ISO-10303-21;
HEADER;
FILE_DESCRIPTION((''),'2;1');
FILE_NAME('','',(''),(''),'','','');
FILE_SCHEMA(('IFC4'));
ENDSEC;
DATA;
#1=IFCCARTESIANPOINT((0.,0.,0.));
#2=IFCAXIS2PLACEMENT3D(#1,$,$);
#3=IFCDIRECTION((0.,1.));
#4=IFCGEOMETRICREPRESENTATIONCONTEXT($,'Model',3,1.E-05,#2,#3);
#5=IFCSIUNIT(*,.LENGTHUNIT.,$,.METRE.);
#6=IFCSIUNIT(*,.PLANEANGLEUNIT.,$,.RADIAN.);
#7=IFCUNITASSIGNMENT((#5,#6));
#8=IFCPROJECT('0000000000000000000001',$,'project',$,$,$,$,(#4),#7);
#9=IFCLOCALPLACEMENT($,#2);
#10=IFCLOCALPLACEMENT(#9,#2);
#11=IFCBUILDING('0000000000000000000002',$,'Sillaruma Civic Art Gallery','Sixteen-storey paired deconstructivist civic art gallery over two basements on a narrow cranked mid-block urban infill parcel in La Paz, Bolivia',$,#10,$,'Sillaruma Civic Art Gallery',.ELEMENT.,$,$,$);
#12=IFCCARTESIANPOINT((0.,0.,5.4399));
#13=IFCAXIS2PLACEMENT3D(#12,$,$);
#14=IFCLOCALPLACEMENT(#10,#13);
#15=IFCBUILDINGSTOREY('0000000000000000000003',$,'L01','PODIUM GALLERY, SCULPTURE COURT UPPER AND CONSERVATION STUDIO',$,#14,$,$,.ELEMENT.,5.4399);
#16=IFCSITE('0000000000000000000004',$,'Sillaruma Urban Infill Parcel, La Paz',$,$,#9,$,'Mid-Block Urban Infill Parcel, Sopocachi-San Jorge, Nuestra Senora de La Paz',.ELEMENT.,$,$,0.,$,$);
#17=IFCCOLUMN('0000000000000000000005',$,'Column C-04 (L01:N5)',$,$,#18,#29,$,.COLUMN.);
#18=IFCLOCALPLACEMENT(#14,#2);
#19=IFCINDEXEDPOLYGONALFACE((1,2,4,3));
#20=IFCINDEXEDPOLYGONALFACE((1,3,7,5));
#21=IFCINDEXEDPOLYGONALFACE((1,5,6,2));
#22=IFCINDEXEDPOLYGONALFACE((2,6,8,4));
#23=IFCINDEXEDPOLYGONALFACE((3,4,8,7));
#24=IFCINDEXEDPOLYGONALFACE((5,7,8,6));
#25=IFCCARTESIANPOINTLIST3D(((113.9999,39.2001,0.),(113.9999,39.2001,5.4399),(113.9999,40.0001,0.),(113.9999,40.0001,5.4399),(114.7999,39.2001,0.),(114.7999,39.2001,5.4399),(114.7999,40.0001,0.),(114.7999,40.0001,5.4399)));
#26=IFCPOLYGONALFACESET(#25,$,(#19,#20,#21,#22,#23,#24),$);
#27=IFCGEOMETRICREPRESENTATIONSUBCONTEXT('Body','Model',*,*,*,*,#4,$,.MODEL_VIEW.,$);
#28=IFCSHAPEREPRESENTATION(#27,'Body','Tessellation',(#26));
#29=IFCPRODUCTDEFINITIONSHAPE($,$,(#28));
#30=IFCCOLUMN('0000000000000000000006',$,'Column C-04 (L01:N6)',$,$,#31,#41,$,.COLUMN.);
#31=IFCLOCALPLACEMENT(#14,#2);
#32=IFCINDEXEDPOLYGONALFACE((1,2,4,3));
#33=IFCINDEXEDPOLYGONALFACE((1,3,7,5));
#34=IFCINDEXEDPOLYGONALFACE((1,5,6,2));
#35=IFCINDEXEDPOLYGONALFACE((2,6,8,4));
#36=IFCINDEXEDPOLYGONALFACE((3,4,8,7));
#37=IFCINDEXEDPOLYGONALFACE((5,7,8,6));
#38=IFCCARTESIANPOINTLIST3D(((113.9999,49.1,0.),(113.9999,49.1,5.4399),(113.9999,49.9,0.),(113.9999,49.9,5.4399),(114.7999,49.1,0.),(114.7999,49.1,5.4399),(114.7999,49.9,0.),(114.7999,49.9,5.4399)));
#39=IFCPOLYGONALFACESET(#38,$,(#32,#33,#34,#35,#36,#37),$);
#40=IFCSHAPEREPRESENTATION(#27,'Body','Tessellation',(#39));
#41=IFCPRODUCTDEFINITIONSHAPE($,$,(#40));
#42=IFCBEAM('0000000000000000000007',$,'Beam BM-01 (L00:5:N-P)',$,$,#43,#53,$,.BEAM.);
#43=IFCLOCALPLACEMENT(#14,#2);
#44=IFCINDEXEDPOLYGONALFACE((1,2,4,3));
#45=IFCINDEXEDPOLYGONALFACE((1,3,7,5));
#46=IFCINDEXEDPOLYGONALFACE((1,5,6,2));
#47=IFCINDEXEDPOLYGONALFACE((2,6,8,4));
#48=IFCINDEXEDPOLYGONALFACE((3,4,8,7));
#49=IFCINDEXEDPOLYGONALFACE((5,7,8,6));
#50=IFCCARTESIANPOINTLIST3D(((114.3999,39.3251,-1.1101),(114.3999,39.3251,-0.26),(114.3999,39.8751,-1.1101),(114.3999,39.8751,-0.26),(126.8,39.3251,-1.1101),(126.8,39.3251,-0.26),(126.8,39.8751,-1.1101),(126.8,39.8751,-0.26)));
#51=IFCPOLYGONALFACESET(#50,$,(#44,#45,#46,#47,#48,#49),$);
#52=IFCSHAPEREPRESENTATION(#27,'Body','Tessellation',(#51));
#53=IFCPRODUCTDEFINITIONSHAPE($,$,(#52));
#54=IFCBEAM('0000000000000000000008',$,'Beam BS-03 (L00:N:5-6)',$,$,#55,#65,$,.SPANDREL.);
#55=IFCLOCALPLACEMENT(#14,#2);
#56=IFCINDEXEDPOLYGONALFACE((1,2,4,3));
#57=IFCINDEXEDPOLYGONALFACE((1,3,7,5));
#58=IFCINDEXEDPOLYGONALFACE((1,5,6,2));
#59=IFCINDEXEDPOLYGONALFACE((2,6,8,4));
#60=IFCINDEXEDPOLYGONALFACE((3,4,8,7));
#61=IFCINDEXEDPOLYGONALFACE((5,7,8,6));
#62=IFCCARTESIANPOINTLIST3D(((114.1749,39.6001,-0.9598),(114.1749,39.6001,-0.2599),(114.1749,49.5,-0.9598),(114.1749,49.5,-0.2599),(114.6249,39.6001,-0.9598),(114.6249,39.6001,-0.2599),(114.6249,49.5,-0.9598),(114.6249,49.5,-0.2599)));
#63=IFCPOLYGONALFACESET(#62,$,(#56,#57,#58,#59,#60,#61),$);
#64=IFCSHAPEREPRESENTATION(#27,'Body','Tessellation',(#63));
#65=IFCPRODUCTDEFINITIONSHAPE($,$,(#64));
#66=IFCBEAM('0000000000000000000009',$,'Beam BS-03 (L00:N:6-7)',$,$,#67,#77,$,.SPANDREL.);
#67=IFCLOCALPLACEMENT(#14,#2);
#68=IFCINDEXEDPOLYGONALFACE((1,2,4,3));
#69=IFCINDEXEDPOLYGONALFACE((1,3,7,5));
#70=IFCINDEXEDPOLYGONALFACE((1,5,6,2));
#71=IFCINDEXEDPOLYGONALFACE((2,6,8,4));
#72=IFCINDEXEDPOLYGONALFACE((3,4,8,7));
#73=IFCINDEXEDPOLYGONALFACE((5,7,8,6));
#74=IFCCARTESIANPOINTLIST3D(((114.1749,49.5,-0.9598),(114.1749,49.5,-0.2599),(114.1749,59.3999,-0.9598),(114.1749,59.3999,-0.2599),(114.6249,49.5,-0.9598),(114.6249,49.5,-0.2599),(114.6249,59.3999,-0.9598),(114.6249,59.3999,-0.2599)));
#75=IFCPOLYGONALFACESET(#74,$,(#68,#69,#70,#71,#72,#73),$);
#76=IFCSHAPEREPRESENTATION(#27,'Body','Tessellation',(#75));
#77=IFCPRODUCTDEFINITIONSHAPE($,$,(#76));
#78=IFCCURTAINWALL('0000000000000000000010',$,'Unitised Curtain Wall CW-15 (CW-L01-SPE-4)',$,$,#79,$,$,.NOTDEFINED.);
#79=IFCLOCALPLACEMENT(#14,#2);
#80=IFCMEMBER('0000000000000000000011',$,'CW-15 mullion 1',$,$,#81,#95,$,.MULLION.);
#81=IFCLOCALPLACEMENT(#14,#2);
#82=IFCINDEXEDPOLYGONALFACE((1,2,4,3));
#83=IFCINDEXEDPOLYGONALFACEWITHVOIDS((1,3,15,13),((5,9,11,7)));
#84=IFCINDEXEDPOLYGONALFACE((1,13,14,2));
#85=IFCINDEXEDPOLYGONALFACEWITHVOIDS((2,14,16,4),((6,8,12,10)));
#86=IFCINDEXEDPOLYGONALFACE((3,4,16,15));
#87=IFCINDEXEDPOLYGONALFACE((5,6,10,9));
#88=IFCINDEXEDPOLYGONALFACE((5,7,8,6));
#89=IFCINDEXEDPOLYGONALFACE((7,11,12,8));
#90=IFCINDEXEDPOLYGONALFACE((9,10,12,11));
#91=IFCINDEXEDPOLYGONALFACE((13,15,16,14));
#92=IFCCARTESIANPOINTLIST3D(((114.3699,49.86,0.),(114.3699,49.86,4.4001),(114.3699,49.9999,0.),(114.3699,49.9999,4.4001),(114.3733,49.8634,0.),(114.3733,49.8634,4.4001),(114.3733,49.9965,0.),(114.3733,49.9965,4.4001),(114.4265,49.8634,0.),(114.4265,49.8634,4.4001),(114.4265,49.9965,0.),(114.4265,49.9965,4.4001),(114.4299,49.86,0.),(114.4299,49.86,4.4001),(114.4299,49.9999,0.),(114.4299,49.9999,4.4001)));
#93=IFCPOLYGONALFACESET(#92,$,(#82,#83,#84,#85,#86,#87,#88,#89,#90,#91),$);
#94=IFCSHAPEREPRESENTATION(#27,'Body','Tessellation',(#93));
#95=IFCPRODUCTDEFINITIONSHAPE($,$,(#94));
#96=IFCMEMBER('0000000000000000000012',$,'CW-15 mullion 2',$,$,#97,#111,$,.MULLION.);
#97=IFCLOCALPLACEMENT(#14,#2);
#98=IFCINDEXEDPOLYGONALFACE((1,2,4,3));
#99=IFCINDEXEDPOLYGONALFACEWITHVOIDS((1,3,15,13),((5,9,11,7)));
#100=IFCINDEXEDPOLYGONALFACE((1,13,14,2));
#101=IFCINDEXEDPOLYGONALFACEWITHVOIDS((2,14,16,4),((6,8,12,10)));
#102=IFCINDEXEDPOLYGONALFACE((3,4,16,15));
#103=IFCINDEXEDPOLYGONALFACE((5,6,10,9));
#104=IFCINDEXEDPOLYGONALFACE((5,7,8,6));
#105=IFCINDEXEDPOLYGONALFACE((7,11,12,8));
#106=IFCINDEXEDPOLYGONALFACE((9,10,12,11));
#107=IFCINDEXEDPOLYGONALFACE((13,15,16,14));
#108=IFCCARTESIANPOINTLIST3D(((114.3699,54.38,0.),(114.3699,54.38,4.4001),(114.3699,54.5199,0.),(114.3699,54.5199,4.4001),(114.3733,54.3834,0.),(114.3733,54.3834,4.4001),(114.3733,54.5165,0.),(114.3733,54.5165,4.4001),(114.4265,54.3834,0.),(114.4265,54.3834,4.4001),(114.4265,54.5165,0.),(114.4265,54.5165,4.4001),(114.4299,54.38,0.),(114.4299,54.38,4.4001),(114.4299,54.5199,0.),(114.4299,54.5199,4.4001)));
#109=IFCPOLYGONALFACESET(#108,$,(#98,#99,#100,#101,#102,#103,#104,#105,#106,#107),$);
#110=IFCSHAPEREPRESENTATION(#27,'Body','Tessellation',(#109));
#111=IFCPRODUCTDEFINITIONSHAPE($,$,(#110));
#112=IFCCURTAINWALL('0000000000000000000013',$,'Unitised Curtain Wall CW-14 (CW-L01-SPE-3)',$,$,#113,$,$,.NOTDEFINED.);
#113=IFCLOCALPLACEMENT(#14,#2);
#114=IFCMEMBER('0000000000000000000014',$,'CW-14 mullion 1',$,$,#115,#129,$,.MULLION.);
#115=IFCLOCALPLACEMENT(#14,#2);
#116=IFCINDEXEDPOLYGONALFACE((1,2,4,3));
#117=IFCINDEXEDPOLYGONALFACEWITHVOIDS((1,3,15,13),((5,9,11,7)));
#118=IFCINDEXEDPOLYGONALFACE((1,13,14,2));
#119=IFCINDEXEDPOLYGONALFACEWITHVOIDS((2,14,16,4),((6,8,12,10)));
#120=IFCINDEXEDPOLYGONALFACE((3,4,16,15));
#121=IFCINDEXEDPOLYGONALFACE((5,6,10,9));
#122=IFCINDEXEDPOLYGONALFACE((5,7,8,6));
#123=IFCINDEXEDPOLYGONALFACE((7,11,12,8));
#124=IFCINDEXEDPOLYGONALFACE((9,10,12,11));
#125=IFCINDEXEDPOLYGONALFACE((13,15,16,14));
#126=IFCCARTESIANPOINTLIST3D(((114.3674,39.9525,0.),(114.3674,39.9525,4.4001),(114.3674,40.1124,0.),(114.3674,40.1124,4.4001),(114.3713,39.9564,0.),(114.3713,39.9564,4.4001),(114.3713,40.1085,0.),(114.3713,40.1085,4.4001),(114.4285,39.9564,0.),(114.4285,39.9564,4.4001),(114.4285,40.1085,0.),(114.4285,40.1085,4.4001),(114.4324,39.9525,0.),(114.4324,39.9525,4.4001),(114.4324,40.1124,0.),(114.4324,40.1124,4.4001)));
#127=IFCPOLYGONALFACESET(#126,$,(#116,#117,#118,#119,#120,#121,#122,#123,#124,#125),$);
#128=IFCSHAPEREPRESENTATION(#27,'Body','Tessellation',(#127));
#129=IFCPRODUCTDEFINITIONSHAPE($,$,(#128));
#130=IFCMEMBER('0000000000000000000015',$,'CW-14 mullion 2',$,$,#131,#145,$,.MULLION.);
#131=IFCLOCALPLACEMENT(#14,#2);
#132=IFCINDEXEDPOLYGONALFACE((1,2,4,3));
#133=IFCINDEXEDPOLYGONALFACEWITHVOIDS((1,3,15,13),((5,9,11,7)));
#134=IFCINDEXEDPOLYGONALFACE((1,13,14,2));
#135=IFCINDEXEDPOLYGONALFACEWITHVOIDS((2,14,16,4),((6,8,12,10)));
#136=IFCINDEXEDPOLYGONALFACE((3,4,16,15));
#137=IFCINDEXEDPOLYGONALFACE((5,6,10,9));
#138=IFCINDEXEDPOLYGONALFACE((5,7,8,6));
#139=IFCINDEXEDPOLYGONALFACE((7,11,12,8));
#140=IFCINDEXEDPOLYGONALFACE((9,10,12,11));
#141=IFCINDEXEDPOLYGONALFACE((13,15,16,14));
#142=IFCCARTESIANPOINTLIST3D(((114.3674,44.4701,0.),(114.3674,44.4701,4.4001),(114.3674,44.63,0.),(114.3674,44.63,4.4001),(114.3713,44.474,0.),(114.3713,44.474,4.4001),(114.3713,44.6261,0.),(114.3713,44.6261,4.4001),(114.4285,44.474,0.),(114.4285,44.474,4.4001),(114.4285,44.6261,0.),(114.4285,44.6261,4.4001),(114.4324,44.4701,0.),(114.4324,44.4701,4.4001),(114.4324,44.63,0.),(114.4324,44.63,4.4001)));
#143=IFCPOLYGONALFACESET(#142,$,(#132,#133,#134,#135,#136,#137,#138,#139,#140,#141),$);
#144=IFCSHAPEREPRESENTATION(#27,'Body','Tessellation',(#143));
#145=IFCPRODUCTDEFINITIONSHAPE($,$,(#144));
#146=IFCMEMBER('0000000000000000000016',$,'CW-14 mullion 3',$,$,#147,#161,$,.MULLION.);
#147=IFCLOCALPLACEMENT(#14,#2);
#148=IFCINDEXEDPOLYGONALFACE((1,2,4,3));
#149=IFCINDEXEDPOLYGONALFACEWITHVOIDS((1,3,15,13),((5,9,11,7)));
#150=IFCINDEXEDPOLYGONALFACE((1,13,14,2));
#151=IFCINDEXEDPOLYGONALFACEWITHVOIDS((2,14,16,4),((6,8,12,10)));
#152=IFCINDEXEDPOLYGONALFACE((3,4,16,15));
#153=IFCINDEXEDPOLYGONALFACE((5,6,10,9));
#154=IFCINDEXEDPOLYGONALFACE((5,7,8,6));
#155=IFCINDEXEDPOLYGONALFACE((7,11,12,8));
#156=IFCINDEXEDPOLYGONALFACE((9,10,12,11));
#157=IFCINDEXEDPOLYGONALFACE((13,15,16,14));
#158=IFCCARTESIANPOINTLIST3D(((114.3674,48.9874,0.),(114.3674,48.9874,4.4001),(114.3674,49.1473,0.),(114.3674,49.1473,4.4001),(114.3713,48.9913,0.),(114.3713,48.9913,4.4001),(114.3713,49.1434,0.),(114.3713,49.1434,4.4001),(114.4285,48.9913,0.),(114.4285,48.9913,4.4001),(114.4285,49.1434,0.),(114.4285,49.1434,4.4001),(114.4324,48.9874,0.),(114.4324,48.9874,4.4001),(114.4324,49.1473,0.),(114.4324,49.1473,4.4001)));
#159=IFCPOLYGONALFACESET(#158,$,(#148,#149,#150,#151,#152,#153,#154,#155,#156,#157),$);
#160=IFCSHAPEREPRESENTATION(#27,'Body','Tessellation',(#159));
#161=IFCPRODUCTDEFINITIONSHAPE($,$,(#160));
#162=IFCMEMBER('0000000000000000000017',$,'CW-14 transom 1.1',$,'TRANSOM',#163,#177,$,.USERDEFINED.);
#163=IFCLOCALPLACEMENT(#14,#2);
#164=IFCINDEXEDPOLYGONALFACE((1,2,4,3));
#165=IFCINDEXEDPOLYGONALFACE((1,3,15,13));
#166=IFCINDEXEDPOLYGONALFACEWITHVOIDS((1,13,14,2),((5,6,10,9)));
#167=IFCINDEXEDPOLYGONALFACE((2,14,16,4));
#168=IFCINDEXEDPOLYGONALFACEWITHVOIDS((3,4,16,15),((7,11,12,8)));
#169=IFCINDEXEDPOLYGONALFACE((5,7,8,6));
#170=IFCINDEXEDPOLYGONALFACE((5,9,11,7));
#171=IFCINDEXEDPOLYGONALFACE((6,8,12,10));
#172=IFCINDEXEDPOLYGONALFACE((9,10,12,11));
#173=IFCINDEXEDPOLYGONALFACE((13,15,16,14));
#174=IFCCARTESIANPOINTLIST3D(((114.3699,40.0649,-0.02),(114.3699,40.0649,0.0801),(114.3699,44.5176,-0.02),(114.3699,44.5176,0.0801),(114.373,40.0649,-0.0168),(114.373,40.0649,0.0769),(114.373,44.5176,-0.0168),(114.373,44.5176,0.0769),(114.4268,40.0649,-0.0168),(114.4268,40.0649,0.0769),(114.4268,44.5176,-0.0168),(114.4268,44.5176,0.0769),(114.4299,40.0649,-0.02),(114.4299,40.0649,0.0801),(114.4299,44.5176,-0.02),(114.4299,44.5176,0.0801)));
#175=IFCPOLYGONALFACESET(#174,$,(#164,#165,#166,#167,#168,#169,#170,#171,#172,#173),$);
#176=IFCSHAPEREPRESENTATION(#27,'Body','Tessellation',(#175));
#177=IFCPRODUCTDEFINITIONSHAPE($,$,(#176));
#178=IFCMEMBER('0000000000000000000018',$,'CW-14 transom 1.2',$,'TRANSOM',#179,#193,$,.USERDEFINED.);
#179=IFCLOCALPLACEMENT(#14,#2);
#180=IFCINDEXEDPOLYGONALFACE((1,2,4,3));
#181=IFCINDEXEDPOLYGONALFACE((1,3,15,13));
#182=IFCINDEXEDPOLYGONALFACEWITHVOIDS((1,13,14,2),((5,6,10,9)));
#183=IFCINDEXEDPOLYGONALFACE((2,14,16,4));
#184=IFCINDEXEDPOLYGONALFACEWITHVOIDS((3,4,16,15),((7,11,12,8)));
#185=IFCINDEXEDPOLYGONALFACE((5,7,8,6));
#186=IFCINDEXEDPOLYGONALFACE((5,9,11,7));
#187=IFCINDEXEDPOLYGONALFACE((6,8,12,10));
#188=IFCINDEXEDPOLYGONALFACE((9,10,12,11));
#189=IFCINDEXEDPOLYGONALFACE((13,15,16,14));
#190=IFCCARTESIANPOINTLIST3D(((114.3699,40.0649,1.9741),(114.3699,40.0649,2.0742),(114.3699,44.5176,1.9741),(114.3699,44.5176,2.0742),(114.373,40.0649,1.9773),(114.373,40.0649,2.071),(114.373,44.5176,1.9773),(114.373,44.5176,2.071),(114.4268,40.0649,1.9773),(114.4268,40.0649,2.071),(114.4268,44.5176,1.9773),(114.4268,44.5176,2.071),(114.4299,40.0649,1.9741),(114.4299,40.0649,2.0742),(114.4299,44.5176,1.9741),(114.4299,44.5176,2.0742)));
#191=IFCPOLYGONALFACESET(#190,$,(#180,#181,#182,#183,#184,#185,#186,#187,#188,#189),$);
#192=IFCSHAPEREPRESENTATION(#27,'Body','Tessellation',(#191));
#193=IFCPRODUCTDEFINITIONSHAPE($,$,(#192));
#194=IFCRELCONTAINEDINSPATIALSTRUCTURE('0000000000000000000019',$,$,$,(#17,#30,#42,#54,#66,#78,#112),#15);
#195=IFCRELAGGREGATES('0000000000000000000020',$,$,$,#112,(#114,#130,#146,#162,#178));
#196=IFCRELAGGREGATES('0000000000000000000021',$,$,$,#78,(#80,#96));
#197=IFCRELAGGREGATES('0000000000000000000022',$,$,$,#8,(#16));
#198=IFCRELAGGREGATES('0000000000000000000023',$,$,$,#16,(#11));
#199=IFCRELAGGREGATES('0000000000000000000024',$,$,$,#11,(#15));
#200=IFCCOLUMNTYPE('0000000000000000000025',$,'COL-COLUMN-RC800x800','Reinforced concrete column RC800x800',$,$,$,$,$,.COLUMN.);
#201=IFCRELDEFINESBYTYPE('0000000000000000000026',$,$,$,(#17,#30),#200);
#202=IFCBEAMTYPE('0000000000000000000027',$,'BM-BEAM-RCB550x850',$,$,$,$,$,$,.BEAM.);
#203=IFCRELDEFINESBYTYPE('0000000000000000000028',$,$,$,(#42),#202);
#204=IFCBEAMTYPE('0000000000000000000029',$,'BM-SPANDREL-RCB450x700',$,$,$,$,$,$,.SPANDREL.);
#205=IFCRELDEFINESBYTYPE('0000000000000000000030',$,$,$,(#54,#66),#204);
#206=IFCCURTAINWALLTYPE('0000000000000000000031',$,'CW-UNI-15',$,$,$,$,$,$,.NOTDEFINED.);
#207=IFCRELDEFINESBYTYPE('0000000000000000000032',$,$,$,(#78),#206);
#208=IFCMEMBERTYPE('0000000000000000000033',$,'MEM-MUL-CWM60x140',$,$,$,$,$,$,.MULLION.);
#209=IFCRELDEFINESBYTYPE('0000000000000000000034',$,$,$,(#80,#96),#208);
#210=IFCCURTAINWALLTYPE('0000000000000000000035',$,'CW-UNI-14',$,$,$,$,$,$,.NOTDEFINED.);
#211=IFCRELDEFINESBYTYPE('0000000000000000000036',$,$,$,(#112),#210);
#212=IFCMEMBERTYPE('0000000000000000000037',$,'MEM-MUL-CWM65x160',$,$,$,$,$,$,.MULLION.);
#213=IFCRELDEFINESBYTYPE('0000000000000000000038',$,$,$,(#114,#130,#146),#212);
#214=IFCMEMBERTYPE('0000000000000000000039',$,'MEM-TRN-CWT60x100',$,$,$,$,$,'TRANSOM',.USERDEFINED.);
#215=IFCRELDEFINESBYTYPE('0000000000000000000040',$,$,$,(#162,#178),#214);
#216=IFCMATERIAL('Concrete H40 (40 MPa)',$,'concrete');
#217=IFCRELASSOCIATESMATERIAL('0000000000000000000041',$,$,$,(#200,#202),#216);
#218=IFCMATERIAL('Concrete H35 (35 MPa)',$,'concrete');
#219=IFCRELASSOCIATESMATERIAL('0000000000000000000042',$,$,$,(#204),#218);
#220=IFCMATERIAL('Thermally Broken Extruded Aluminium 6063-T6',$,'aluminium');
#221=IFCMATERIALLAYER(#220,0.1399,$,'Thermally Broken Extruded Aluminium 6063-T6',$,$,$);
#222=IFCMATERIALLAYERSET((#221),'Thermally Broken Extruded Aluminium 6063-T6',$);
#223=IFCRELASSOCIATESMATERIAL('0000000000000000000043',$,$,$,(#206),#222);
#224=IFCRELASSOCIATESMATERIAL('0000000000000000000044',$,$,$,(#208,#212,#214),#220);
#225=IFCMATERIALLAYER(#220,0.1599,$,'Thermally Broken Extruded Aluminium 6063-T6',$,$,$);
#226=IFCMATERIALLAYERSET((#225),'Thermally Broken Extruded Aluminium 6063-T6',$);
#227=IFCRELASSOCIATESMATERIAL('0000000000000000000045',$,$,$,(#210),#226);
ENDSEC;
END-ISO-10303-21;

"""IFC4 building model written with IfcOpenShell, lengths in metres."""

from ifc_helpers import new_model, si_unit, direction, frame, origin, origin_2d, place, context, subcontext, project, spatial, rectangle, hollow_rectangle, extrude, material, layer, layer_set, material_profile, profile_set, type_object, element, aggregate, save


model = new_model("IFC4")

# Units and contexts
model_context = context("Model", 3, precision=1e-05, world=origin(), true_north=direction((0.0, 1.0)))
body_context = subcontext(model_context, "Body", "Model", "MODEL_VIEW")
ifc_project = project(units=[si_unit("LENGTHUNIT", "METRE"), si_unit("PLANEANGLEUNIT", "RADIAN")], contexts=[model_context])

# Site, building, storey
site_placement = place(None, origin())
site = spatial("IfcSite", under=ifc_project, at=site_placement, Name="Sillaruma Urban Infill Parcel, La Paz", LongName="Mid-Block Urban Infill Parcel, Sopocachi-San Jorge, Nuestra Senora de La Paz", CompositionType="ELEMENT", RefElevation=0.0)
building_placement = place(site_placement, origin())
building = spatial("IfcBuilding", under=site, at=building_placement, Name="Sillaruma Civic Art Gallery", Description="Sixteen-storey paired deconstructivist civic art gallery over two basements on a narrow cranked mid-block urban infill parcel in La Paz, Bolivia", LongName="Sillaruma Civic Art Gallery", CompositionType="ELEMENT")
storey_placement = place(building_placement, frame((0.0, 0.0, 5.4399)))
storey = spatial("IfcBuildingStorey", under=building, at=storey_placement, Name="L01", Description="PODIUM GALLERY, SCULPTURE COURT UPPER AND CONSERVATION STUDIO", CompositionType="ELEMENT", Elevation=5.4399)

# Columns
ifc_material_1 = material(Name="Concrete H40 (40 MPa)", Category="concrete")
ifc_material_profile_1 = material_profile(ifc_material_1, rectangle(XDim=0.8, YDim=0.8, at=origin_2d()), Name="RC800x800")
ifc_profile_set_1 = profile_set([ifc_material_profile_1], Name="Concrete H40 (40 MPa)")
column_type = type_object("IfcColumnType", Name="COL-COLUMN-RC800x800", Description="Reinforced concrete column RC800x800", PredefinedType="COLUMN", material=ifc_profile_set_1)
for number, where, z_axis, x_axis, name in (
    (1, (114.3999, 39.6001, 0.0), (0.0, 0.0, 1.0), (1.0, 0.0, 0.0), "Column C-04 (L01:N5)"),
    (2, (114.3999, 49.5, 0.0), (0.0, 0.0, 1.0), (1.0, 0.0, 0.0), "Column C-04 (L01:N6)"),
):
    element("IfcColumn", number, at=place(storey_placement, frame(where, z_axis=z_axis, x_axis=x_axis)), inside=storey, type_object=column_type, Name=name, PredefinedType="COLUMN", context=body_context, shape_type="SweptSolid", body=[
        extrude(rectangle(XDim=0.8, YDim=0.8, at=origin_2d()), origin(), (0.0, 0.0, 1.0), 5.4399),
    ])

# Beams
ifc_material_profile_2 = material_profile(ifc_material_1, rectangle(XDim=0.55, YDim=0.8501, at=origin_2d()), Name="RCB550x850")
ifc_profile_set_2 = profile_set([ifc_material_profile_2], Name="Concrete H40 (40 MPa)")
beam_type_1 = type_object("IfcBeamType", Name="BM-BEAM-RCB550x850", PredefinedType="BEAM", material=ifc_profile_set_2)
beam_placement = place(storey_placement, frame((114.3999, 39.6001, -0.6851), z_axis=(1.0, 0.0, 0.0), x_axis=(0.0, 1.0, 0.0)))
element("IfcBeam", 3, at=beam_placement, inside=storey, type_object=beam_type_1, Name="Beam BM-01 (L00:5:N-P)", PredefinedType="BEAM", context=body_context, shape_type="SweptSolid", body=[
    extrude(rectangle(XDim=0.55, YDim=0.8501, at=origin_2d()), origin(), (0.0, 0.0, 1.0), 12.4001),
])
ifc_material_2 = material(Name="Concrete H35 (35 MPa)", Category="concrete")
ifc_material_profile_3 = material_profile(ifc_material_2, rectangle(XDim=0.45, YDim=0.7, at=origin_2d()), Name="RCB450x700")
ifc_profile_set_3 = profile_set([ifc_material_profile_3], Name="Concrete H35 (35 MPa)")
beam_type_2 = type_object("IfcBeamType", Name="BM-SPANDREL-RCB450x700", PredefinedType="SPANDREL", material=ifc_profile_set_3)
for number, where, z_axis, x_axis, name in (
    (4, (114.3999, 39.6001, -0.6099), (0.0, 1.0, 0.0), (-1.0, 0.0, 0.0), "Beam BS-03 (L00:N:5-6)"),
    (5, (114.3999, 49.5, -0.6099), (0.0, 1.0, 0.0), (-1.0, 0.0, 0.0), "Beam BS-03 (L00:N:6-7)"),
):
    element("IfcBeam", number, at=place(storey_placement, frame(where, z_axis=z_axis, x_axis=x_axis)), inside=storey, type_object=beam_type_2, Name=name, PredefinedType="SPANDREL", context=body_context, shape_type="SweptSolid", body=[
        extrude(rectangle(XDim=0.45, YDim=0.7, at=origin_2d()), origin(), (0.0, 0.0, 1.0), 9.8999),
    ])

# Curtain walls, members
ifc_material_3 = material(Name="Thermally Broken Extruded Aluminium 6063-T6", Category="aluminium")
ifc_layer_1 = layer(ifc_material_3, 0.1399, Name="Thermally Broken Extruded Aluminium 6063-T6")
ifc_layer_set_1 = layer_set([ifc_layer_1], Name="Thermally Broken Extruded Aluminium 6063-T6")
curtain_wall_type_1 = type_object("IfcCurtainWallType", Name="CW-UNI-15", PredefinedType="NOTDEFINED", material=ifc_layer_set_1)
curtain_wall_1_placement = place(storey_placement, origin())
curtain_wall_1 = element("IfcCurtainWall", 6, at=curtain_wall_1_placement, inside=storey, type_object=curtain_wall_type_1, Name="Unitised Curtain Wall CW-15 (CW-L01-SPE-4)", PredefinedType="NOTDEFINED")
ifc_material_profile_4 = material_profile(ifc_material_3, hollow_rectangle(XDim=0.0601, YDim=0.1399, WallThickness=0.0034, at=origin_2d()), Name="CWM60x140")
ifc_profile_set_4 = profile_set([ifc_material_profile_4], Name="Thermally Broken Extruded Aluminium 6063-T6")
member_type_1 = type_object("IfcMemberType", Name="MEM-MUL-CWM60x140", PredefinedType="MULLION", material=ifc_profile_set_4)
member_1_placement = place(storey_placement, frame((114.3999, 49.9299, 0.0), z_axis=(0.0, 0.0, 1.0), x_axis=(-1.0, 0.0, 0.0)))
member_1 = element("IfcMember", 7, at=member_1_placement, type_object=member_type_1, Name="CW-15 mullion 1", PredefinedType="MULLION", context=body_context, shape_type="SweptSolid", body=[
    extrude(hollow_rectangle(XDim=0.0601, YDim=0.1399, WallThickness=0.0034, at=origin_2d()), origin(), (0.0, 0.0, 1.0), 4.4001),
])
member_2_placement = place(storey_placement, frame((114.3999, 54.45, 0.0), z_axis=(0.0, 0.0, 1.0), x_axis=(-1.0, 0.0, 0.0)))
member_2 = element("IfcMember", 8, at=member_2_placement, type_object=member_type_1, Name="CW-15 mullion 2", PredefinedType="MULLION", context=body_context, shape_type="SweptSolid", body=[
    extrude(hollow_rectangle(XDim=0.0601, YDim=0.1399, WallThickness=0.0034, at=origin_2d()), origin(), (0.0, 0.0, 1.0), 4.4001),
])
ifc_layer_2 = layer(ifc_material_3, 0.1599, Name="Thermally Broken Extruded Aluminium 6063-T6")
ifc_layer_set_2 = layer_set([ifc_layer_2], Name="Thermally Broken Extruded Aluminium 6063-T6")
curtain_wall_type_2 = type_object("IfcCurtainWallType", Name="CW-UNI-14", PredefinedType="NOTDEFINED", material=ifc_layer_set_2)
curtain_wall_2_placement = place(storey_placement, origin())
curtain_wall_2 = element("IfcCurtainWall", 9, at=curtain_wall_2_placement, inside=storey, type_object=curtain_wall_type_2, Name="Unitised Curtain Wall CW-14 (CW-L01-SPE-3)", PredefinedType="NOTDEFINED")
ifc_material_profile_5 = material_profile(ifc_material_3, hollow_rectangle(XDim=0.0649, YDim=0.1599, WallThickness=0.0039, at=origin_2d()), Name="CWM65x160")
ifc_profile_set_5 = profile_set([ifc_material_profile_5], Name="Thermally Broken Extruded Aluminium 6063-T6")
member_type_2 = type_object("IfcMemberType", Name="MEM-MUL-CWM65x160", PredefinedType="MULLION", material=ifc_profile_set_5)
member_3_placement = place(storey_placement, frame((114.3999, 40.0325, 0.0), z_axis=(0.0, 0.0, 1.0), x_axis=(-1.0, 0.0, 0.0)))
member_3 = element("IfcMember", 10, at=member_3_placement, type_object=member_type_2, Name="CW-14 mullion 1", PredefinedType="MULLION", context=body_context, shape_type="SweptSolid", body=[
    extrude(hollow_rectangle(XDim=0.0649, YDim=0.1599, WallThickness=0.0039, at=origin_2d()), origin(), (0.0, 0.0, 1.0), 4.4001),
])
member_4_placement = place(storey_placement, frame((114.3999, 44.55, 0.0), z_axis=(0.0, 0.0, 1.0), x_axis=(-1.0, 0.0, 0.0)))
member_4 = element("IfcMember", 11, at=member_4_placement, type_object=member_type_2, Name="CW-14 mullion 2", PredefinedType="MULLION", context=body_context, shape_type="SweptSolid", body=[
    extrude(hollow_rectangle(XDim=0.0649, YDim=0.1599, WallThickness=0.0039, at=origin_2d()), origin(), (0.0, 0.0, 1.0), 4.4001),
])
member_5_placement = place(storey_placement, frame((114.3999, 49.0674, 0.0), z_axis=(0.0, 0.0, 1.0), x_axis=(-1.0, 0.0, 0.0)))
member_5 = element("IfcMember", 12, at=member_5_placement, type_object=member_type_2, Name="CW-14 mullion 3", PredefinedType="MULLION", context=body_context, shape_type="SweptSolid", body=[
    extrude(hollow_rectangle(XDim=0.0649, YDim=0.1599, WallThickness=0.0039, at=origin_2d()), origin(), (0.0, 0.0, 1.0), 4.4001),
])
ifc_material_profile_6 = material_profile(ifc_material_3, hollow_rectangle(XDim=0.0601, YDim=0.1001, WallThickness=0.0032, at=origin_2d()), Name="CWT60x100")
ifc_profile_set_6 = profile_set([ifc_material_profile_6], Name="Thermally Broken Extruded Aluminium 6063-T6")
member_type_3 = type_object("IfcMemberType", Name="MEM-TRN-CWT60x100", ElementType="TRANSOM", PredefinedType="USERDEFINED", material=ifc_profile_set_6)
member_6_placement = place(storey_placement, frame((114.3999, 40.0649, 0.03), z_axis=(0.0, 1.0, 0.0), x_axis=(-1.0, 0.0, 0.0)))
member_6 = element("IfcMember", 13, at=member_6_placement, type_object=member_type_3, Name="CW-14 transom 1.1", ObjectType="TRANSOM", PredefinedType="USERDEFINED", context=body_context, shape_type="SweptSolid", body=[
    extrude(hollow_rectangle(XDim=0.0601, YDim=0.1001, WallThickness=0.0032, at=origin_2d()), origin(), (0.0, 0.0, 1.0), 4.4526),
])
member_7_placement = place(storey_placement, frame((114.3999, 40.0649, 2.0242), z_axis=(0.0, 1.0, 0.0), x_axis=(-1.0, 0.0, 0.0)))
member_7 = element("IfcMember", 14, at=member_7_placement, type_object=member_type_3, Name="CW-14 transom 1.2", ObjectType="TRANSOM", PredefinedType="USERDEFINED", context=body_context, shape_type="SweptSolid", body=[
    extrude(hollow_rectangle(XDim=0.0601, YDim=0.1001, WallThickness=0.0032, at=origin_2d()), origin(), (0.0, 0.0, 1.0), 4.4526),
])

aggregate(curtain_wall_2, [member_3, member_4, member_5, member_6, member_7])
aggregate(curtain_wall_1, [member_1, member_2])

save(model, "model.ifc")
